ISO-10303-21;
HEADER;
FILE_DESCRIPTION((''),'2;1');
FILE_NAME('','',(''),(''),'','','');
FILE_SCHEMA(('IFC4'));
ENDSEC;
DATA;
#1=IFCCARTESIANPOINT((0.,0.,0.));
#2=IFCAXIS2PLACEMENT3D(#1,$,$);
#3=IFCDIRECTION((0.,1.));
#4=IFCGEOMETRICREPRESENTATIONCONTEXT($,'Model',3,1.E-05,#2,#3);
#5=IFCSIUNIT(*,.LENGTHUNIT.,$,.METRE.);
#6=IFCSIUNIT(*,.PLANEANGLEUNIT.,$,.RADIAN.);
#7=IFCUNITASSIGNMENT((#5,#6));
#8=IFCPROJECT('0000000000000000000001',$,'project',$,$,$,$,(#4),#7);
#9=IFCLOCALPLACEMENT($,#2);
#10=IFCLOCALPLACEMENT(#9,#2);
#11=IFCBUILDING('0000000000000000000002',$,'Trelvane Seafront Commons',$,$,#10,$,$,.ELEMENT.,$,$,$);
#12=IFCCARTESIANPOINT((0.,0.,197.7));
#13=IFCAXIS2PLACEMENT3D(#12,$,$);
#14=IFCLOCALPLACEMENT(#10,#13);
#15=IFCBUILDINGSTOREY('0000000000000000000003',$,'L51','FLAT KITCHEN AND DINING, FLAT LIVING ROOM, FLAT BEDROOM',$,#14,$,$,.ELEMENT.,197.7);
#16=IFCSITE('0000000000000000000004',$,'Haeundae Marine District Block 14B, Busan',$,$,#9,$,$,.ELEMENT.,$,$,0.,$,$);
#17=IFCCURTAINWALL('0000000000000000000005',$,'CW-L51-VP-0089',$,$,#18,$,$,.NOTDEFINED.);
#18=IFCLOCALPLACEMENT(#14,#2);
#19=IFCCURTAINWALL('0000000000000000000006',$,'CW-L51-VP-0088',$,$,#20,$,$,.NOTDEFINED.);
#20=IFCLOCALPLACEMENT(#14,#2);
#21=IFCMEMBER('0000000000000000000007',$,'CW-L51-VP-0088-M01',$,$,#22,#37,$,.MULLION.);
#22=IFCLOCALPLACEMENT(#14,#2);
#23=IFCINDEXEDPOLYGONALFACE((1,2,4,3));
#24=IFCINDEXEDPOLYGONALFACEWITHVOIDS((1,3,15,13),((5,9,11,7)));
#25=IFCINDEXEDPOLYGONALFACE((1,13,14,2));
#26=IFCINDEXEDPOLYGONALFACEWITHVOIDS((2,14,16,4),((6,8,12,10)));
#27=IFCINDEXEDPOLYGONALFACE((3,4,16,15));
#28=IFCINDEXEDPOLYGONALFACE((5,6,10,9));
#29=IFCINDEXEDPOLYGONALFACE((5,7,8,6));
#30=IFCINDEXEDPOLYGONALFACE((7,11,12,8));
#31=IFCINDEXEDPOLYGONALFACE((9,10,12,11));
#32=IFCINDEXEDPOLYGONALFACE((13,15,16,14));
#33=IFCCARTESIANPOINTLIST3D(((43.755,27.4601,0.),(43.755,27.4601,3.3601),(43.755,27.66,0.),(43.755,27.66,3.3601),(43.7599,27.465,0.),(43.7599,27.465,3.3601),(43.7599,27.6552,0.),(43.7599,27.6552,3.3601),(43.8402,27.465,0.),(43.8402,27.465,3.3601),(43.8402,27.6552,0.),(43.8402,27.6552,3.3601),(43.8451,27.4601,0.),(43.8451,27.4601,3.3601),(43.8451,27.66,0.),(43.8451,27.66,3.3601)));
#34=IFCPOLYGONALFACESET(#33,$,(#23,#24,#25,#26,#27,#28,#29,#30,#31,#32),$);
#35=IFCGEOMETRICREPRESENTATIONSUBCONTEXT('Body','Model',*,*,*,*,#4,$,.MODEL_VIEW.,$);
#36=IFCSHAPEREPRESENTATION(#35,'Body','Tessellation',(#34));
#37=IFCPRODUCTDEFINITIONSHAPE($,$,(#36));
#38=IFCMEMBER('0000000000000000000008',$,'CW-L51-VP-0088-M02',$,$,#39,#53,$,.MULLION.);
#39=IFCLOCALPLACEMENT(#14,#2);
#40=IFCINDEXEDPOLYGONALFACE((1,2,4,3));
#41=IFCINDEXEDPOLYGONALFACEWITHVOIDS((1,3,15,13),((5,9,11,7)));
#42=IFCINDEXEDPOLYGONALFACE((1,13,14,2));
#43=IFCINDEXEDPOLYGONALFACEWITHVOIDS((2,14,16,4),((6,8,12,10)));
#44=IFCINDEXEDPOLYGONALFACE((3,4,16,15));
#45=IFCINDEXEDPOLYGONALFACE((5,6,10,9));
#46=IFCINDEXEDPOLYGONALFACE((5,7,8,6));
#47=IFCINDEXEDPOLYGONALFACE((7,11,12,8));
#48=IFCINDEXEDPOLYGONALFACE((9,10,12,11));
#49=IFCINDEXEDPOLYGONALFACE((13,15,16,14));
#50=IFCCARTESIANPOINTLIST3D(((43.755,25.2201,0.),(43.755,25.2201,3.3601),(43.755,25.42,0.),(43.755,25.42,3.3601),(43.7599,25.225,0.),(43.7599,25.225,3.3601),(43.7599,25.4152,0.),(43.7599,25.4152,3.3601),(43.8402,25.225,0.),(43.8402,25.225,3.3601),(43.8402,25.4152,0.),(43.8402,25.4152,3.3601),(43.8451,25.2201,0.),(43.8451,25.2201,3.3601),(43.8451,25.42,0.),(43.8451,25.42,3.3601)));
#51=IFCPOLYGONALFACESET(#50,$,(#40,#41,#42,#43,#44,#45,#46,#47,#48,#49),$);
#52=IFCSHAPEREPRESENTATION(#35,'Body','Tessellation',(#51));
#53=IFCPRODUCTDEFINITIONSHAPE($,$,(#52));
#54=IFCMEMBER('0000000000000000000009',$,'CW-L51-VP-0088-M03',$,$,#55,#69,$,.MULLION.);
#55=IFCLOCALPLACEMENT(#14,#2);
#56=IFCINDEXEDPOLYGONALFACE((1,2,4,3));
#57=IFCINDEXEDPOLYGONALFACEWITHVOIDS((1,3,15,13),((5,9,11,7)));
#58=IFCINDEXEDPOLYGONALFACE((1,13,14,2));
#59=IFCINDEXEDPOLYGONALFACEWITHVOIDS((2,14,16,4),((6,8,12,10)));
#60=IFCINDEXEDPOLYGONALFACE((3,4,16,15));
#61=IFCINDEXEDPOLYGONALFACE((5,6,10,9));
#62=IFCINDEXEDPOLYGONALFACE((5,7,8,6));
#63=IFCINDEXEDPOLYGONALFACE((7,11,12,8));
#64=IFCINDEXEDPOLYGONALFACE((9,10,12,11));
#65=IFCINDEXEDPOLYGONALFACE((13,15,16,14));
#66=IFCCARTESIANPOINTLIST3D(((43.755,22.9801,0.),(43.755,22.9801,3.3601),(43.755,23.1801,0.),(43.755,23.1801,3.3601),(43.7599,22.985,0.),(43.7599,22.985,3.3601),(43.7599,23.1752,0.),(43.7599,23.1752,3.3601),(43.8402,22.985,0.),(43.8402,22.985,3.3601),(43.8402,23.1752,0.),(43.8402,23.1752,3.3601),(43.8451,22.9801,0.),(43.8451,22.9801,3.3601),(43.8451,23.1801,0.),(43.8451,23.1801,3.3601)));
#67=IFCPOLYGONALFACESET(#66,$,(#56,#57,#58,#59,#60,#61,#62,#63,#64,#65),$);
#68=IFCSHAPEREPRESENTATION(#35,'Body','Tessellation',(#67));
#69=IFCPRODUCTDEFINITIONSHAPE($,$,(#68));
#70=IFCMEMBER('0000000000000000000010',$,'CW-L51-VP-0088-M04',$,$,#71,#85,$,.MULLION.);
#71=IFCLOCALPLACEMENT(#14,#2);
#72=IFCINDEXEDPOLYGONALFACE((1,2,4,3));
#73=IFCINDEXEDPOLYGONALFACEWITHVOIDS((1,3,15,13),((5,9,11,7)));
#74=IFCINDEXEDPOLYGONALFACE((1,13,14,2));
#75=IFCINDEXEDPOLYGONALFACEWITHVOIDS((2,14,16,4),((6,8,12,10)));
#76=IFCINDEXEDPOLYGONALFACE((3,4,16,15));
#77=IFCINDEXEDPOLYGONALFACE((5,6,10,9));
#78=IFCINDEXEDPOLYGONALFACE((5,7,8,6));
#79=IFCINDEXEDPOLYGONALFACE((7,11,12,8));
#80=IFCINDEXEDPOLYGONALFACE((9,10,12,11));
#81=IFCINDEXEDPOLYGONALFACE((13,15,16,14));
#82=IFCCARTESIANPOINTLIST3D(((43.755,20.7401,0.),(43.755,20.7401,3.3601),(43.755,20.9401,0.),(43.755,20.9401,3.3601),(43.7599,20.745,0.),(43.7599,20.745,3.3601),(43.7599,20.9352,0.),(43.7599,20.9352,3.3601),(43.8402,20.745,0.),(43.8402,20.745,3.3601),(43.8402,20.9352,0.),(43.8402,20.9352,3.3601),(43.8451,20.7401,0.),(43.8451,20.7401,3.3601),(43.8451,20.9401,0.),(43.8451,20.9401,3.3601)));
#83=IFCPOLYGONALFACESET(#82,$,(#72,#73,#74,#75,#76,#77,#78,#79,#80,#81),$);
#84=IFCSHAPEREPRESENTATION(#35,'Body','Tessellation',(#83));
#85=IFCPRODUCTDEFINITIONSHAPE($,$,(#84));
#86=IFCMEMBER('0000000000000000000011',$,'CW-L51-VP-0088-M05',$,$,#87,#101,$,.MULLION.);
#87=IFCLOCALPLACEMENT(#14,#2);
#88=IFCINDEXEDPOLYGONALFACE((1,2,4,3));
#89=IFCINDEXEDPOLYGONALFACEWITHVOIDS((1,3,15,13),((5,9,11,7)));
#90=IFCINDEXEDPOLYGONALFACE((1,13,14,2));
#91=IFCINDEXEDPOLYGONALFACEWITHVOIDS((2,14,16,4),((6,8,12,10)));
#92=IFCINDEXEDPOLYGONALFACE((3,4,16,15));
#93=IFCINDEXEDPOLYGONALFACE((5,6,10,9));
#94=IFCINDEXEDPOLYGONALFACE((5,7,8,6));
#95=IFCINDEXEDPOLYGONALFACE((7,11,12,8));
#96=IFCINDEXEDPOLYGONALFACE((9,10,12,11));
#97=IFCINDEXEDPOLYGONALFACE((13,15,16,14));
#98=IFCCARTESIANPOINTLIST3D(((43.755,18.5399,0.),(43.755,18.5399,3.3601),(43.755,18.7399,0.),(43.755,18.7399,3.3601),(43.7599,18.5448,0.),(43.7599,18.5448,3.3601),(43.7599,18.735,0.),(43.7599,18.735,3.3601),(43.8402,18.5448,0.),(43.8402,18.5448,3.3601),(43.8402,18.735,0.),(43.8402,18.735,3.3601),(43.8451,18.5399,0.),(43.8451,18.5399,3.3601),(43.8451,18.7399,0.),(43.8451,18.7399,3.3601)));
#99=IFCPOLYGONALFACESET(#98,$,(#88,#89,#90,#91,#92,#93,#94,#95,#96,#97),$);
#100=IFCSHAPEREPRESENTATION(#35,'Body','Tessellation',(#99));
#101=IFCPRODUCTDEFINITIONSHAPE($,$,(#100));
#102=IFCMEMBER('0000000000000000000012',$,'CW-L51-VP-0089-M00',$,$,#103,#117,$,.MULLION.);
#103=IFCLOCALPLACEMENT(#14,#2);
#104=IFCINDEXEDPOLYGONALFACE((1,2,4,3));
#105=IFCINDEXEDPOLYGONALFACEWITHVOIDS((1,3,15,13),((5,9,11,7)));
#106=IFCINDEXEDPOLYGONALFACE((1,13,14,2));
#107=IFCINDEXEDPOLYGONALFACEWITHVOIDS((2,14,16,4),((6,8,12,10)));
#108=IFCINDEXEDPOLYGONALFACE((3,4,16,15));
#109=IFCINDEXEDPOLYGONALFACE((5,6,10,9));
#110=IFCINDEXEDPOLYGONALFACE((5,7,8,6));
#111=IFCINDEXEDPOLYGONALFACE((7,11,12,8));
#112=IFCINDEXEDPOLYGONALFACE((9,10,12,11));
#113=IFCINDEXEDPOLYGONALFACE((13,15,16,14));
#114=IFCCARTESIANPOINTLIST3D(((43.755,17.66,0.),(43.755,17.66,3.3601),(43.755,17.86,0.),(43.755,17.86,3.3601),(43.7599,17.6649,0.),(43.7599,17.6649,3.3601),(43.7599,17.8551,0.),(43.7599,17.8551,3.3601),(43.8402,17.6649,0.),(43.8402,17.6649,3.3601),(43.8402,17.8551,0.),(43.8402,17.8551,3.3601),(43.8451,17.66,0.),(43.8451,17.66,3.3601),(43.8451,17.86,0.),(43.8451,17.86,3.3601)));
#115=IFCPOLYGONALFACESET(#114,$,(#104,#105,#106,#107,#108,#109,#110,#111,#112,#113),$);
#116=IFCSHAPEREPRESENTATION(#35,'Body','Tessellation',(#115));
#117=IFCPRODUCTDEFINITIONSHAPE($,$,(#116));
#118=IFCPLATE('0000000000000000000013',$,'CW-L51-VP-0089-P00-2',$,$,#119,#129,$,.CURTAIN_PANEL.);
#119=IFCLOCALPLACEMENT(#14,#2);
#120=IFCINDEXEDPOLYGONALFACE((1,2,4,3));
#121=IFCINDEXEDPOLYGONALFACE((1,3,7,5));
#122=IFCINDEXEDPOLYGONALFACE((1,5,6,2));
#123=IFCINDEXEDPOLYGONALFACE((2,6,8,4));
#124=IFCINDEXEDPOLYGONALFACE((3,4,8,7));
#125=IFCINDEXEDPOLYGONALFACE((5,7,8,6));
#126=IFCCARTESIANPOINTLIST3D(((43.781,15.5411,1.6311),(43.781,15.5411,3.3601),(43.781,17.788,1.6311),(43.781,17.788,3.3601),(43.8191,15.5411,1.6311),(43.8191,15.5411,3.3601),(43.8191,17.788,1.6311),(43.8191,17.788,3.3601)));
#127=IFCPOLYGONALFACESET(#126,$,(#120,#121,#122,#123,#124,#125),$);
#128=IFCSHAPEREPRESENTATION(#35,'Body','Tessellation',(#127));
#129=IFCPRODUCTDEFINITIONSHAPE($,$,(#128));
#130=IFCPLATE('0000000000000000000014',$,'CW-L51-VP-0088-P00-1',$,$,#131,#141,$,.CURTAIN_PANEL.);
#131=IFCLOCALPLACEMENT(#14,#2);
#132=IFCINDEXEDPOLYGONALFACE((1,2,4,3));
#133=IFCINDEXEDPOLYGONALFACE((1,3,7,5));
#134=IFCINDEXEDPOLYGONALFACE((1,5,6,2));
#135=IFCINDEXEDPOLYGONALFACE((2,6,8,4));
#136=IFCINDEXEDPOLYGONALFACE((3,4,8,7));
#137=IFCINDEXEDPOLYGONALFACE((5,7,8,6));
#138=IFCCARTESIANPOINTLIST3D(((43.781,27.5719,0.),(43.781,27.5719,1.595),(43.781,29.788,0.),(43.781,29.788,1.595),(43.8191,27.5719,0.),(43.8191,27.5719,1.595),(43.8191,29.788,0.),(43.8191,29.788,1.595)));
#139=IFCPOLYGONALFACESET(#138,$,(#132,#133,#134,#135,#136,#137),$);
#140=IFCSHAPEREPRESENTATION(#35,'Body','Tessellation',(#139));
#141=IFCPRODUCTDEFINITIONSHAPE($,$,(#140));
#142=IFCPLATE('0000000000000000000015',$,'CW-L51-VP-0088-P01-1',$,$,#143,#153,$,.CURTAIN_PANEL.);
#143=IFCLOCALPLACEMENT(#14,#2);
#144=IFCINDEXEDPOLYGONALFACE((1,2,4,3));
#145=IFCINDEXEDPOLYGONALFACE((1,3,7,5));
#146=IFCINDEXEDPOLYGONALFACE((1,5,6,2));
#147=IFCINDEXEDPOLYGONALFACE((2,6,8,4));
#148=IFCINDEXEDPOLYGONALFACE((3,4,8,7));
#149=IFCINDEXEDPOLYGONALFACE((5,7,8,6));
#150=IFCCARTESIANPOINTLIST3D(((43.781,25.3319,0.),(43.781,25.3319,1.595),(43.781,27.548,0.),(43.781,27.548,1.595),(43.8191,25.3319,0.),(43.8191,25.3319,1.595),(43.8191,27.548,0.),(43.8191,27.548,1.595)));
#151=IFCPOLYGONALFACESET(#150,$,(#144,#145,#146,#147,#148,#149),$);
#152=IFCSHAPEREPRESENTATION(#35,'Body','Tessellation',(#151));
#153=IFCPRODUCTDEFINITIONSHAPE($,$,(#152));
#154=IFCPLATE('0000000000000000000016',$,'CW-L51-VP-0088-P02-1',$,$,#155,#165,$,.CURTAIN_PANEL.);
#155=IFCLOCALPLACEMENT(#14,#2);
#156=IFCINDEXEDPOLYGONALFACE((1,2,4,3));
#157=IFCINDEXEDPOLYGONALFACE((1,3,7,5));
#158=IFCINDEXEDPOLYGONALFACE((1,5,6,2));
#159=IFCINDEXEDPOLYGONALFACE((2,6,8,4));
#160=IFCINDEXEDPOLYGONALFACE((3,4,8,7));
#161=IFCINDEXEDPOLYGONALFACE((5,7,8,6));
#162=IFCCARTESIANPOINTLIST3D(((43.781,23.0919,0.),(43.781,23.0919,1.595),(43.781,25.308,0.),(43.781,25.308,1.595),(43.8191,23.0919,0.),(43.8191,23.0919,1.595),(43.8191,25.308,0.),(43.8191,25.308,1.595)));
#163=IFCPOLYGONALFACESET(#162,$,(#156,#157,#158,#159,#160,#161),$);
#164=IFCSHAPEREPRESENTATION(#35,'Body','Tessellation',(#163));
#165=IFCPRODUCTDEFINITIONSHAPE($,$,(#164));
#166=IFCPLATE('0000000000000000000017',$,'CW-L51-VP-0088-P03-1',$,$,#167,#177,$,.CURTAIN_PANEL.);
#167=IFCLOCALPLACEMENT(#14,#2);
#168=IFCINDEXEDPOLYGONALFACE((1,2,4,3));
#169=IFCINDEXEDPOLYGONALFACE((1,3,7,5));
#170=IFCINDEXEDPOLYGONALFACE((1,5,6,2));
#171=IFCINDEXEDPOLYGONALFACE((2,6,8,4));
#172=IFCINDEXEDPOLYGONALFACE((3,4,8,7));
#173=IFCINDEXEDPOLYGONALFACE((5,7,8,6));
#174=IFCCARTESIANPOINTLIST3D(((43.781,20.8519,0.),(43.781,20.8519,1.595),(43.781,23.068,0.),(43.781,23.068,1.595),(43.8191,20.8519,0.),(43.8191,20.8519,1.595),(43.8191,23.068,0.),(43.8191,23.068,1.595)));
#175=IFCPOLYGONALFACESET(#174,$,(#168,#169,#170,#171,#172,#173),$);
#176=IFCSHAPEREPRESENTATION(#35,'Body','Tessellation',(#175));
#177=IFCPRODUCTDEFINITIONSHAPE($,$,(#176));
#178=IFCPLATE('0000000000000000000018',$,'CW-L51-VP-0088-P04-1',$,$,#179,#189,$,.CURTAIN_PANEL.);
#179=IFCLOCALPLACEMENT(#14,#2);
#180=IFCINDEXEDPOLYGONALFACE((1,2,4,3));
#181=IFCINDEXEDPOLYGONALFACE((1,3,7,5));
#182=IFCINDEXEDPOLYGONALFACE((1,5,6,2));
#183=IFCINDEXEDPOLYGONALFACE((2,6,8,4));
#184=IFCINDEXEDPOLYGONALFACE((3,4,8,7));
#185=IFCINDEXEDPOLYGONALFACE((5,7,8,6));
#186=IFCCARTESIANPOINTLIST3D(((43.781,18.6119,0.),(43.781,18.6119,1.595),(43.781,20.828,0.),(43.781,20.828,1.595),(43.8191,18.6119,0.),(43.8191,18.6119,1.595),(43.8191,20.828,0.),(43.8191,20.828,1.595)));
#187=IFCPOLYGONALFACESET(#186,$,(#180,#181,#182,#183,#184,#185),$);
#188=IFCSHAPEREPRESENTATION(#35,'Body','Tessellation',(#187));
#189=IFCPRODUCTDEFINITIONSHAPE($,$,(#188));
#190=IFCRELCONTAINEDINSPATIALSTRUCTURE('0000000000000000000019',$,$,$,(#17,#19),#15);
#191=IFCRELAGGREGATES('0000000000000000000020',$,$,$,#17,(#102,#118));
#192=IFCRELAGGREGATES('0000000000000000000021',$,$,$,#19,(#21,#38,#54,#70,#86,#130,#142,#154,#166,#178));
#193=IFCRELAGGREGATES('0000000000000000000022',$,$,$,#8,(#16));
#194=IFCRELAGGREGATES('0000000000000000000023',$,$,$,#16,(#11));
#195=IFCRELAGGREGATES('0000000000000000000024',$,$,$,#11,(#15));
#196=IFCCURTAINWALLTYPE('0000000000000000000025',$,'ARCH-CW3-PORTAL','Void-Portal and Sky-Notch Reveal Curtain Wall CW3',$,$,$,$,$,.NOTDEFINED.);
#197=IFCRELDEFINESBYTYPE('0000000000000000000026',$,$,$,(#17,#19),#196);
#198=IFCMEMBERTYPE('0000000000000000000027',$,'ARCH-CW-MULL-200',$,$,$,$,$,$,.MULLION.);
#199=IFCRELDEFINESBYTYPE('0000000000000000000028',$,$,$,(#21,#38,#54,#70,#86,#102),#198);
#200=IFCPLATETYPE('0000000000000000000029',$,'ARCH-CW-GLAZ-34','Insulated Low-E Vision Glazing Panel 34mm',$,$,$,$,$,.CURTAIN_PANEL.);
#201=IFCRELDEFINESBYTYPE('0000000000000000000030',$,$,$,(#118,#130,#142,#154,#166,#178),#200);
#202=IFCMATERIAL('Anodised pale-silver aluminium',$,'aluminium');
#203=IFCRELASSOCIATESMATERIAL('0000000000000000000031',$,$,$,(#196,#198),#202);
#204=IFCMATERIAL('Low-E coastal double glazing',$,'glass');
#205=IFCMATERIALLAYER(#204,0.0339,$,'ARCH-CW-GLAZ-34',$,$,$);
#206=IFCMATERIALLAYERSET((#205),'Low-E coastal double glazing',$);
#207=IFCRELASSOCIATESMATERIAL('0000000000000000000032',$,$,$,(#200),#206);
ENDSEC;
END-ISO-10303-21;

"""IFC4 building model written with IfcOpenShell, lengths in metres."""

from ifc_helpers import new_model, si_unit, direction, frame, origin, origin_2d, place, context, subcontext, project, spatial, rectangle, hollow_rectangle, extrude, source, transform, mapped, material, layer, layer_set, material_profile, profile_set, type_object, element, aggregate, save


model = new_model("IFC4")

# Units and contexts
model_context = context("Model", 3, precision=1e-05, world=origin(), true_north=direction((0.0, 1.0)))
body_context = subcontext(model_context, "Body", "Model", "MODEL_VIEW")
ifc_project = project(units=[si_unit("LENGTHUNIT", "METRE"), si_unit("PLANEANGLEUNIT", "RADIAN")], contexts=[model_context])

# Site, building, storey
site_placement = place(None, origin())
site = spatial("IfcSite", under=ifc_project, at=site_placement, Name="Haeundae Marine District Block 14B, Busan", CompositionType="ELEMENT", RefElevation=0.0)
building_placement = place(site_placement, origin())
building = spatial("IfcBuilding", under=site, at=building_placement, Name="Trelvane Seafront Commons", CompositionType="ELEMENT")
storey_placement = place(building_placement, frame((0.0, 0.0, 197.7)))
storey = spatial("IfcBuildingStorey", under=building, at=storey_placement, Name="L51", Description="FLAT KITCHEN AND DINING, FLAT LIVING ROOM, FLAT BEDROOM", CompositionType="ELEMENT", Elevation=197.7)

# Curtain wall
ifc_material_1 = material(Name="Anodised pale-silver aluminium", Category="aluminium")
curtain_wall_type = type_object("IfcCurtainWallType", Name="ARCH-CW3-PORTAL", Description="Void-Portal and Sky-Notch Reveal Curtain Wall CW3", PredefinedType="NOTDEFINED", material=ifc_material_1)
curtain_wall_1_placement = place(storey_placement, origin())
curtain_wall_1 = element("IfcCurtainWall", 1, at=curtain_wall_1_placement, inside=storey, type_object=curtain_wall_type, Name="CW-L51-VP-0089", PredefinedType="NOTDEFINED")

# Curtain wall
curtain_wall_2_placement = place(storey_placement, origin())
curtain_wall_2 = element("IfcCurtainWall", 2, at=curtain_wall_2_placement, inside=storey, type_object=curtain_wall_type, Name="CW-L51-VP-0088", PredefinedType="NOTDEFINED")

# Shared definitions
ifc_material_profile_1 = material_profile(ifc_material_1, hollow_rectangle(XDim=0.0901, YDim=0.2, WallThickness=0.0049, at=origin_2d()), Name="MULL-90x200x5")
ifc_profile_set_1 = profile_set([ifc_material_profile_1], Name="Anodised pale-silver aluminium")
member_type_1 = type_object("IfcMemberType", Name="ARCH-CW-MULL-200", PredefinedType="MULLION", material=ifc_profile_set_1)
shared_shape_1 = source(origin(), body_context, "Body", "SweptSolid", [
    extrude(hollow_rectangle(XDim=0.0901, YDim=0.2, WallThickness=0.0049, at=origin_2d()), origin(), (0.0, 0.0, 1.0), 3.3601),
])

# Members
member_1_placement = place(storey_placement, frame((43.8, 27.5601, 0.0), z_axis=(0.0, 0.0, 1.0), x_axis=(1.0, 0.0, 0.0)))
member_1 = element("IfcMember", 3, at=member_1_placement, type_object=member_type_1, Name="CW-L51-VP-0088-M01", PredefinedType="MULLION", context=body_context, shape_type="MappedRepresentation", body=[
    mapped(shared_shape_1, transform((0.0, 0.0, 0.0), x_axis=(1.0, 0.0, 0.0), y_axis=(0.0, 1.0, 0.0), z_axis=(0.0, 0.0, 1.0), scale=1.0)),
])
member_2_placement = place(storey_placement, frame((43.8, 25.3201, 0.0), z_axis=(0.0, 0.0, 1.0), x_axis=(1.0, 0.0, 0.0)))
member_2 = element("IfcMember", 4, at=member_2_placement, type_object=member_type_1, Name="CW-L51-VP-0088-M02", PredefinedType="MULLION", context=body_context, shape_type="MappedRepresentation", body=[
    mapped(shared_shape_1, transform((0.0, 0.0, 0.0), x_axis=(1.0, 0.0, 0.0), y_axis=(0.0, 1.0, 0.0), z_axis=(0.0, 0.0, 1.0), scale=1.0)),
])
member_3_placement = place(storey_placement, frame((43.8, 23.0801, 0.0), z_axis=(0.0, 0.0, 1.0), x_axis=(1.0, 0.0, 0.0)))
member_3 = element("IfcMember", 5, at=member_3_placement, type_object=member_type_1, Name="CW-L51-VP-0088-M03", PredefinedType="MULLION", context=body_context, shape_type="MappedRepresentation", body=[
    mapped(shared_shape_1, transform((0.0, 0.0, 0.0), x_axis=(1.0, 0.0, 0.0), y_axis=(0.0, 1.0, 0.0), z_axis=(0.0, 0.0, 1.0), scale=1.0)),
])
member_4_placement = place(storey_placement, frame((43.8, 20.8401, 0.0), z_axis=(0.0, 0.0, 1.0), x_axis=(1.0, 0.0, 0.0)))
member_4 = element("IfcMember", 6, at=member_4_placement, type_object=member_type_1, Name="CW-L51-VP-0088-M04", PredefinedType="MULLION", context=body_context, shape_type="MappedRepresentation", body=[
    mapped(shared_shape_1, transform((0.0, 0.0, 0.0), x_axis=(1.0, 0.0, 0.0), y_axis=(0.0, 1.0, 0.0), z_axis=(0.0, 0.0, 1.0), scale=1.0)),
])
member_5_placement = place(storey_placement, frame((43.8, 18.6399, 0.0), z_axis=(0.0, 0.0, 1.0), x_axis=(1.0, 0.0, 0.0)))
member_5 = element("IfcMember", 7, at=member_5_placement, type_object=member_type_1, Name="CW-L51-VP-0088-M05", PredefinedType="MULLION", context=body_context, shape_type="MappedRepresentation", body=[
    mapped(shared_shape_1, transform((0.0, 0.0, 0.0), x_axis=(1.0, 0.0, 0.0), y_axis=(0.0, 1.0, 0.0), z_axis=(0.0, 0.0, 1.0), scale=1.0)),
])
member_6_placement = place(storey_placement, frame((43.8, 17.76, 0.0), z_axis=(0.0, 0.0, 1.0), x_axis=(1.0, 0.0, 0.0)))
member_6 = element("IfcMember", 8, at=member_6_placement, type_object=member_type_1, Name="CW-L51-VP-0089-M00", PredefinedType="MULLION", context=body_context, shape_type="MappedRepresentation", body=[
    mapped(shared_shape_1, transform((0.0, 0.0, 0.0), x_axis=(1.0, 0.0, 0.0), y_axis=(0.0, 1.0, 0.0), z_axis=(0.0, 0.0, 1.0), scale=1.0)),
])

# Plates
ifc_material_2 = material(Name="Low-E coastal double glazing", Category="glass")
ifc_layer_1 = layer(ifc_material_2, 0.0339, Name="ARCH-CW-GLAZ-34")
ifc_layer_set_1 = layer_set([ifc_layer_1], Name="Low-E coastal double glazing")
plate_type = type_object("IfcPlateType", Name="ARCH-CW-GLAZ-34", Description="Insulated Low-E Vision Glazing Panel 34mm", PredefinedType="CURTAIN_PANEL", material=ifc_layer_set_1)
shared_shape_2 = source(origin(), body_context, "Body", "SweptSolid", [
    extrude(rectangle(XDim=2.2468, YDim=0.0381, at=origin_2d()), origin(), (0.0, 0.0, 1.0), 1.729),
])
plate_1_placement = place(storey_placement, frame((43.8, 16.6646, 1.6311), z_axis=(0.0, 0.0, 1.0), x_axis=(0.0, -1.0, 0.0)))
plate_1 = element("IfcPlate", 9, at=plate_1_placement, type_object=plate_type, Name="CW-L51-VP-0089-P00-2", PredefinedType="CURTAIN_PANEL", context=body_context, shape_type="MappedRepresentation", body=[
    mapped(shared_shape_2, transform((0.0, 0.0, 0.0), x_axis=(1.0, 0.0, 0.0), y_axis=(0.0, 1.0, 0.0), z_axis=(0.0, 0.0, 1.0), scale=1.0)),
])
aggregate(curtain_wall_1, [member_6, plate_1])
shared_shape_3 = source(origin(), body_context, "Body", "SweptSolid", [
    extrude(rectangle(XDim=2.2161, YDim=0.0381, at=origin_2d()), origin(), (0.0, 0.0, 1.0), 1.595),
])
plate_2_placement = place(storey_placement, frame((43.8, 28.6799, 0.0), z_axis=(0.0, 0.0, 1.0), x_axis=(0.0, -1.0, 0.0)))
plate_2 = element("IfcPlate", 10, at=plate_2_placement, type_object=plate_type, Name="CW-L51-VP-0088-P00-1", PredefinedType="CURTAIN_PANEL", context=body_context, shape_type="MappedRepresentation", body=[
    mapped(shared_shape_3, transform((0.0, 0.0, 0.0), x_axis=(1.0, 0.0, 0.0), y_axis=(0.0, 1.0, 0.0), z_axis=(0.0, 0.0, 1.0), scale=1.0)),
])
plate_3_placement = place(storey_placement, frame((43.8, 26.4399, 0.0), z_axis=(0.0, 0.0, 1.0), x_axis=(0.0, -1.0, 0.0)))
plate_3 = element("IfcPlate", 11, at=plate_3_placement, type_object=plate_type, Name="CW-L51-VP-0088-P01-1", PredefinedType="CURTAIN_PANEL", context=body_context, shape_type="MappedRepresentation", body=[
    mapped(shared_shape_3, transform((0.0, 0.0, 0.0), x_axis=(1.0, 0.0, 0.0), y_axis=(0.0, 1.0, 0.0), z_axis=(0.0, 0.0, 1.0), scale=1.0)),
])
plate_4_placement = place(storey_placement, frame((43.8, 24.2, 0.0), z_axis=(0.0, 0.0, 1.0), x_axis=(0.0, -1.0, 0.0)))
plate_4 = element("IfcPlate", 12, at=plate_4_placement, type_object=plate_type, Name="CW-L51-VP-0088-P02-1", PredefinedType="CURTAIN_PANEL", context=body_context, shape_type="MappedRepresentation", body=[
    mapped(shared_shape_3, transform((0.0, 0.0, 0.0), x_axis=(1.0, 0.0, 0.0), y_axis=(0.0, 1.0, 0.0), z_axis=(0.0, 0.0, 1.0), scale=1.0)),
])
plate_5_placement = place(storey_placement, frame((43.8, 21.96, 0.0), z_axis=(0.0, 0.0, 1.0), x_axis=(0.0, -1.0, 0.0)))
plate_5 = element("IfcPlate", 13, at=plate_5_placement, type_object=plate_type, Name="CW-L51-VP-0088-P03-1", PredefinedType="CURTAIN_PANEL", context=body_context, shape_type="MappedRepresentation", body=[
    mapped(shared_shape_3, transform((0.0, 0.0, 0.0), x_axis=(1.0, 0.0, 0.0), y_axis=(0.0, 1.0, 0.0), z_axis=(0.0, 0.0, 1.0), scale=1.0)),
])
plate_6_placement = place(storey_placement, frame((43.8, 19.72, 0.0), z_axis=(0.0, 0.0, 1.0), x_axis=(0.0, -1.0, 0.0)))
plate_6 = element("IfcPlate", 14, at=plate_6_placement, type_object=plate_type, Name="CW-L51-VP-0088-P04-1", PredefinedType="CURTAIN_PANEL", context=body_context, shape_type="MappedRepresentation", body=[
    mapped(shared_shape_3, transform((0.0, 0.0, 0.0), x_axis=(1.0, 0.0, 0.0), y_axis=(0.0, 1.0, 0.0), z_axis=(0.0, 0.0, 1.0), scale=1.0)),
])
aggregate(curtain_wall_2, [member_1, member_2, member_3, member_4, member_5, plate_2, plate_3, plate_4, plate_5, plate_6])

save(model, "model.ifc")
